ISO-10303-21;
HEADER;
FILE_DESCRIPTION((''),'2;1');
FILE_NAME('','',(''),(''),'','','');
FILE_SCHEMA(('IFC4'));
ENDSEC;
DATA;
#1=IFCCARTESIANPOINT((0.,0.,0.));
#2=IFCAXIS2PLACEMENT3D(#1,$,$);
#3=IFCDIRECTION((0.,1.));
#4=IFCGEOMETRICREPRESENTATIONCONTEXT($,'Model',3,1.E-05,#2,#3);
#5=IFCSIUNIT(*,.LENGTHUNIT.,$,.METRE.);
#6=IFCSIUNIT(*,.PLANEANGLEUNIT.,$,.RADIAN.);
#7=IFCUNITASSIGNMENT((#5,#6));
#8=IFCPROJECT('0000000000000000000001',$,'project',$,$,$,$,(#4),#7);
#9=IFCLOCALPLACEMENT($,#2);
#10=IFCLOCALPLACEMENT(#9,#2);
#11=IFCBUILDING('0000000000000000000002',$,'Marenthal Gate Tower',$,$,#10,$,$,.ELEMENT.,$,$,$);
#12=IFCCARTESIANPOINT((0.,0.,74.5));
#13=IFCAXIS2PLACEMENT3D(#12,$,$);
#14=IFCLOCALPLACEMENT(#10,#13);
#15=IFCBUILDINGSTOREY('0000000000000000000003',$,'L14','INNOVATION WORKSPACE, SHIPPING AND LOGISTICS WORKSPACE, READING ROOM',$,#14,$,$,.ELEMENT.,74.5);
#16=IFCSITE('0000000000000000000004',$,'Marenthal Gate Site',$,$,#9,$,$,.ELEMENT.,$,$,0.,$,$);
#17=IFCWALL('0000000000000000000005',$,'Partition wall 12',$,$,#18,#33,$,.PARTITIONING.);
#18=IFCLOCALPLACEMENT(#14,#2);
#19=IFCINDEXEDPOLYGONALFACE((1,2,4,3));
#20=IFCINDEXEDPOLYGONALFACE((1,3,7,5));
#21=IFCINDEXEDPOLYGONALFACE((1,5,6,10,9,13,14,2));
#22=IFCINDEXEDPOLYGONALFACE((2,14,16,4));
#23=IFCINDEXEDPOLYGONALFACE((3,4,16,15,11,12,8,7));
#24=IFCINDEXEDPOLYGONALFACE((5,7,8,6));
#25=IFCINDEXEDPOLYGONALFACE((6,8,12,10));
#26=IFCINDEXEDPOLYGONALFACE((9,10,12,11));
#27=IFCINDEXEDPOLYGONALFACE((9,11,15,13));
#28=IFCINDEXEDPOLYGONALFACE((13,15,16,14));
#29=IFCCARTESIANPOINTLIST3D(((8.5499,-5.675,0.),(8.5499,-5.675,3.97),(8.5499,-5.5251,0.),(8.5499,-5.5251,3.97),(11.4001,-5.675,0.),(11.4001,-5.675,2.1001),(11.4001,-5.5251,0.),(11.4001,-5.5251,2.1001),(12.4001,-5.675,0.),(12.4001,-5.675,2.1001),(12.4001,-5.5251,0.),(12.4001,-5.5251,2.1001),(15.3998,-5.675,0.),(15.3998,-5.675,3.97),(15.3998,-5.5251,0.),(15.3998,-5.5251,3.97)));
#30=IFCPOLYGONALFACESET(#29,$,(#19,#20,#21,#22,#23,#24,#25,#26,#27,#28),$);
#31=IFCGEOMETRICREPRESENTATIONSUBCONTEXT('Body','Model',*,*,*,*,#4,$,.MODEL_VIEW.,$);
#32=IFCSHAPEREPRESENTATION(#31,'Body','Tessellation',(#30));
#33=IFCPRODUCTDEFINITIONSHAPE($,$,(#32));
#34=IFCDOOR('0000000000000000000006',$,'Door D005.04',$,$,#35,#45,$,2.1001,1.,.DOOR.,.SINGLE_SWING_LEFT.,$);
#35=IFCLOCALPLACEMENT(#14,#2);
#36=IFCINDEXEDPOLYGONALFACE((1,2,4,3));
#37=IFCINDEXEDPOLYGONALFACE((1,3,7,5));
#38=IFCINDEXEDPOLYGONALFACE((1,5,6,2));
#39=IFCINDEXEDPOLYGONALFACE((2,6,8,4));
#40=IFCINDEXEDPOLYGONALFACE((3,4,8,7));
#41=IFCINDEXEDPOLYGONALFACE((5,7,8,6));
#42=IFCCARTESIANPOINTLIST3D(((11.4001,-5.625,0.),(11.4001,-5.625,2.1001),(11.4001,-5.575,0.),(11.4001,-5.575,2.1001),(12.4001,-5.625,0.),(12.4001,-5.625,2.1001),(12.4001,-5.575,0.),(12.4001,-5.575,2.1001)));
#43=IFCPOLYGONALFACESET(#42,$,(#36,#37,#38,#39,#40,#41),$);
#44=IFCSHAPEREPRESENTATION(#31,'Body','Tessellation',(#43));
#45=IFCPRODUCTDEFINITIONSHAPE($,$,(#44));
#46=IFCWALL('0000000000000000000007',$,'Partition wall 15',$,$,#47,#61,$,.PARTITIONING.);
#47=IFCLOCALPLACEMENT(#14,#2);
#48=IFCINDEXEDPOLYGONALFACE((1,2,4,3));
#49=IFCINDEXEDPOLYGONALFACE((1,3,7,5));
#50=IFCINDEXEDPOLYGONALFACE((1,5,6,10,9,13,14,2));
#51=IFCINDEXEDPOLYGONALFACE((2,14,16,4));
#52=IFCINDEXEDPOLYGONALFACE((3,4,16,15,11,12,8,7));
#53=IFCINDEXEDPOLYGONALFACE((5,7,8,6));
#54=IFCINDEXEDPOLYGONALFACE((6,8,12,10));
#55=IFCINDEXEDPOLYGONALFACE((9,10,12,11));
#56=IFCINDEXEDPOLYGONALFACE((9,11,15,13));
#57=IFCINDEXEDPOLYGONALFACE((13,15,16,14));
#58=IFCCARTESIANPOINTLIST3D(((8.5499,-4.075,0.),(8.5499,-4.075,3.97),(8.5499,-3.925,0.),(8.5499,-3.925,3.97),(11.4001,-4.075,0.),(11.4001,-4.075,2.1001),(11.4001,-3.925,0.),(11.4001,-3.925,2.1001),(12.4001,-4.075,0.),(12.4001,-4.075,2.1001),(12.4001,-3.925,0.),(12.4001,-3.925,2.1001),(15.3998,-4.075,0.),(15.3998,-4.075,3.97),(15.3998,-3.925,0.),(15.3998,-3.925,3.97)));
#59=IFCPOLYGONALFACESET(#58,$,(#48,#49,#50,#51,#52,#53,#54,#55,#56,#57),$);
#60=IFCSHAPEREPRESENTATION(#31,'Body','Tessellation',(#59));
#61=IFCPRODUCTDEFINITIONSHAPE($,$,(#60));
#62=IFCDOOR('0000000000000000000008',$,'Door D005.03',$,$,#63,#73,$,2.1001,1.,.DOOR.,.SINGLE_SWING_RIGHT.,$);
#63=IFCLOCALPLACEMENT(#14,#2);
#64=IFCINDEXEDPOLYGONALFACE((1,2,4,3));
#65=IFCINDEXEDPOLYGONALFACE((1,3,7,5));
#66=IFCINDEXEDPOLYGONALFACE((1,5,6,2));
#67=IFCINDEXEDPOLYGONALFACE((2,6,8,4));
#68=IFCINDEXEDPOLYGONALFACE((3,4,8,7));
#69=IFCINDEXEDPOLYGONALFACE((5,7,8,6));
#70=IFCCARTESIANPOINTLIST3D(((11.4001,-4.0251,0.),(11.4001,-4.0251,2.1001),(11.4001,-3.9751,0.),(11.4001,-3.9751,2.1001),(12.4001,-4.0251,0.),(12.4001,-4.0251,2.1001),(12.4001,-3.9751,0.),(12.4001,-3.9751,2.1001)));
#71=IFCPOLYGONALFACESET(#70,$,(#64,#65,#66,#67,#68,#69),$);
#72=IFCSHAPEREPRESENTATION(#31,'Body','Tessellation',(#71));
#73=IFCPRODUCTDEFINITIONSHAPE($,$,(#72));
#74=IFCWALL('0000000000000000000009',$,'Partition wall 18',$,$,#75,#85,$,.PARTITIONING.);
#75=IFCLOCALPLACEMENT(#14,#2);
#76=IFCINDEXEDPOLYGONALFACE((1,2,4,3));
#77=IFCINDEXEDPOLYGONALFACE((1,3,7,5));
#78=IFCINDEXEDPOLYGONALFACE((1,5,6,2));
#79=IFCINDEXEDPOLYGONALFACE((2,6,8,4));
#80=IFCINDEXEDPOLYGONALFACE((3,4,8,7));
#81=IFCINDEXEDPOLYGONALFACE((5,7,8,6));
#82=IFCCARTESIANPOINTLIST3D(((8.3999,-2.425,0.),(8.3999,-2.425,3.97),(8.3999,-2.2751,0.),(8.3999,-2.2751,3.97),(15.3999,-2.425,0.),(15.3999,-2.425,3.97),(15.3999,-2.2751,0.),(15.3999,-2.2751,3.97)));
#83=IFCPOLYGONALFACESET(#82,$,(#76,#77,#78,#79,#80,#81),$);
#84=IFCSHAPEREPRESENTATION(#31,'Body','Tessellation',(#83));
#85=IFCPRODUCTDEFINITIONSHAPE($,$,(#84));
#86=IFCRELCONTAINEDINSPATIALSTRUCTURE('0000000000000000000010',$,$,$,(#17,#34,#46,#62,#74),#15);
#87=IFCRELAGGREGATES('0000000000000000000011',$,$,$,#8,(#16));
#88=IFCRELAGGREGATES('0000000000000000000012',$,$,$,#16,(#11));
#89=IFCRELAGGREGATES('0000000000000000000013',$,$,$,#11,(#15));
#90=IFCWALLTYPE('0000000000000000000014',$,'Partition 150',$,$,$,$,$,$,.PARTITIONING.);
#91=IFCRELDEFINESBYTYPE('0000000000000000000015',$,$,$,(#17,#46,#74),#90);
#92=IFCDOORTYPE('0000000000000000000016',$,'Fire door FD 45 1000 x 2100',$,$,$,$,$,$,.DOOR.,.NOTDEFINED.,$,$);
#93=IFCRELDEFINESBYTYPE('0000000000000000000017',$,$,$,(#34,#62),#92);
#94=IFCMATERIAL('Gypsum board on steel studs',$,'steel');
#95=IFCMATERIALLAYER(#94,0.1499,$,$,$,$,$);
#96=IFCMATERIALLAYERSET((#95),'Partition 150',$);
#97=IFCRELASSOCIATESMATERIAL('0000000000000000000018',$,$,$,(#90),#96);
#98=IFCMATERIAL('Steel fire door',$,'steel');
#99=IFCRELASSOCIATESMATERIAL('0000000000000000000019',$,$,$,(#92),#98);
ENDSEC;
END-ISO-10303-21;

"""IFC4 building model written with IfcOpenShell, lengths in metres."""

from ifc_helpers import new_model, si_unit, direction, frame, frame_2d, origin, place, context, subcontext, project, spatial, rectangle, extrude, material, layer, layer_set, type_object, element, fill, save


model = new_model("IFC4")

# Units and contexts
model_context = context("Model", 3, precision=1e-05, world=origin(), true_north=direction((0.0, 1.0)))
body_context = subcontext(model_context, "Body", "Model", "MODEL_VIEW")
ifc_project = project(units=[si_unit("LENGTHUNIT", "METRE"), si_unit("PLANEANGLEUNIT", "RADIAN")], contexts=[model_context])

# Site, building, storey
site_placement = place(None, origin())
site = spatial("IfcSite", under=ifc_project, at=site_placement, Name="Marenthal Gate Site", CompositionType="ELEMENT", RefElevation=0.0)
building_placement = place(site_placement, origin())
building = spatial("IfcBuilding", under=site, at=building_placement, Name="Marenthal Gate Tower", CompositionType="ELEMENT")
storey_placement = place(building_placement, frame((0.0, 0.0, 74.5)))
storey = spatial("IfcBuildingStorey", under=building, at=storey_placement, Name="L14", Description="INNOVATION WORKSPACE, SHIPPING AND LOGISTICS WORKSPACE, READING ROOM", CompositionType="ELEMENT", Elevation=74.5)

# Walls, openings, doors
ifc_material_1 = material(Name="Gypsum board on steel studs", Category="steel")
ifc_layer_1 = layer(ifc_material_1, 0.1499)
ifc_layer_set_1 = layer_set([ifc_layer_1], Name="Partition 150")
wall_type_1 = type_object("IfcWallType", Name="Partition 150", PredefinedType="PARTITIONING", material=ifc_layer_set_1)
wall_1_placement = place(storey_placement, frame((8.55, -5.6001, 0.0), z_axis=(0.0, 0.0, 1.0), x_axis=(1.0, 0.0, 0.0)))
wall_1 = element("IfcWall", 1, at=wall_1_placement, inside=storey, type_object=wall_type_1, Name="Partition wall 12", PredefinedType="PARTITIONING", context=body_context, shape_type="SweptSolid", body=[
    extrude(rectangle(XDim=6.8499, YDim=0.1499, at=frame_2d((3.4248, 0.0))), origin(), (0.0, 0.0, 1.0), 3.97),
])
opening_1_placement = place(wall_1_placement, frame((2.8501, 0.0, 0.0)))
opening_1 = element("IfcOpeningElement", 2, at=opening_1_placement, cuts=wall_1, PredefinedType="OPENING", context=body_context, shape_type="SweptSolid", body=[
    extrude(rectangle(XDim=1.0, YDim=2.1001, at=frame_2d((0.5, 1.05))), frame((0.0, 0.085, 0.0), z_axis=(0.0, -1.0, 0.0), x_axis=(1.0, 0.0, 0.0)), (0.0, 0.0, 1.0), 0.1699),
])
ifc_material_2 = material(Name="Steel fire door", Category="steel")
door_type = type_object("IfcDoorType", Name="Fire door FD 45 1000 x 2100", OperationType="NOTDEFINED", PredefinedType="DOOR", material=ifc_material_2)
door_1_placement = place(opening_1_placement, frame((1.0, 0.0, 0.0), z_axis=(0.0, 0.0, 1.0), x_axis=(-1.0, 0.0, 0.0)))
door_1 = element("IfcDoor", 3, at=door_1_placement, inside=storey, type_object=door_type, Name="Door D005.04", OperationType="SINGLE_SWING_LEFT", OverallHeight=2.1001, OverallWidth=1.0, PredefinedType="DOOR", context=body_context, shape_type="SweptSolid", body=[
    extrude(rectangle(XDim=1.0, YDim=2.1001, at=frame_2d((0.5, 1.05))), frame((0.0, 0.0249, 0.0), z_axis=(0.0, -1.0, 0.0), x_axis=(1.0, 0.0, 0.0)), (0.0, 0.0, 1.0), 0.05),
])
fill(opening_1, door_1)
wall_2_placement = place(storey_placement, frame((8.55, -4.0, 0.0), z_axis=(0.0, 0.0, 1.0), x_axis=(1.0, 0.0, 0.0)))
wall_2 = element("IfcWall", 4, at=wall_2_placement, inside=storey, type_object=wall_type_1, Name="Partition wall 15", PredefinedType="PARTITIONING", context=body_context, shape_type="SweptSolid", body=[
    extrude(rectangle(XDim=6.8499, YDim=0.1499, at=frame_2d((3.4248, 0.0))), origin(), (0.0, 0.0, 1.0), 3.97),
])
opening_2_placement = place(wall_2_placement, frame((2.8501, 0.0, 0.0)))
opening_2 = element("IfcOpeningElement", 5, at=opening_2_placement, cuts=wall_2, PredefinedType="OPENING", context=body_context, shape_type="SweptSolid", body=[
    extrude(rectangle(XDim=1.0, YDim=2.1001, at=frame_2d((0.5, 1.05))), frame((0.0, 0.085, 0.0), z_axis=(0.0, -1.0, 0.0), x_axis=(1.0, 0.0, 0.0)), (0.0, 0.0, 1.0), 0.1699),
])
door_2_placement = place(opening_2_placement, origin())
door_2 = element("IfcDoor", 6, at=door_2_placement, inside=storey, type_object=door_type, Name="Door D005.03", OperationType="SINGLE_SWING_RIGHT", OverallHeight=2.1001, OverallWidth=1.0, PredefinedType="DOOR", context=body_context, shape_type="SweptSolid", body=[
    extrude(rectangle(XDim=1.0, YDim=2.1001, at=frame_2d((0.5, 1.05))), frame((0.0, 0.0249, 0.0), z_axis=(0.0, -1.0, 0.0), x_axis=(1.0, 0.0, 0.0)), (0.0, 0.0, 1.0), 0.05),
])
fill(opening_2, door_2)

# Wall
wall_3_placement = place(storey_placement, frame((8.3999, -2.3501, 0.0), z_axis=(0.0, 0.0, 1.0), x_axis=(1.0, 0.0, 0.0)))
element("IfcWall", 7, at=wall_3_placement, inside=storey, type_object=wall_type_1, Name="Partition wall 18", PredefinedType="PARTITIONING", context=body_context, shape_type="SweptSolid", body=[
    extrude(rectangle(XDim=7.0, YDim=0.1499, at=frame_2d((3.5, 0.0))), origin(), (0.0, 0.0, 1.0), 3.97),
])

save(model, "model.ifc")
